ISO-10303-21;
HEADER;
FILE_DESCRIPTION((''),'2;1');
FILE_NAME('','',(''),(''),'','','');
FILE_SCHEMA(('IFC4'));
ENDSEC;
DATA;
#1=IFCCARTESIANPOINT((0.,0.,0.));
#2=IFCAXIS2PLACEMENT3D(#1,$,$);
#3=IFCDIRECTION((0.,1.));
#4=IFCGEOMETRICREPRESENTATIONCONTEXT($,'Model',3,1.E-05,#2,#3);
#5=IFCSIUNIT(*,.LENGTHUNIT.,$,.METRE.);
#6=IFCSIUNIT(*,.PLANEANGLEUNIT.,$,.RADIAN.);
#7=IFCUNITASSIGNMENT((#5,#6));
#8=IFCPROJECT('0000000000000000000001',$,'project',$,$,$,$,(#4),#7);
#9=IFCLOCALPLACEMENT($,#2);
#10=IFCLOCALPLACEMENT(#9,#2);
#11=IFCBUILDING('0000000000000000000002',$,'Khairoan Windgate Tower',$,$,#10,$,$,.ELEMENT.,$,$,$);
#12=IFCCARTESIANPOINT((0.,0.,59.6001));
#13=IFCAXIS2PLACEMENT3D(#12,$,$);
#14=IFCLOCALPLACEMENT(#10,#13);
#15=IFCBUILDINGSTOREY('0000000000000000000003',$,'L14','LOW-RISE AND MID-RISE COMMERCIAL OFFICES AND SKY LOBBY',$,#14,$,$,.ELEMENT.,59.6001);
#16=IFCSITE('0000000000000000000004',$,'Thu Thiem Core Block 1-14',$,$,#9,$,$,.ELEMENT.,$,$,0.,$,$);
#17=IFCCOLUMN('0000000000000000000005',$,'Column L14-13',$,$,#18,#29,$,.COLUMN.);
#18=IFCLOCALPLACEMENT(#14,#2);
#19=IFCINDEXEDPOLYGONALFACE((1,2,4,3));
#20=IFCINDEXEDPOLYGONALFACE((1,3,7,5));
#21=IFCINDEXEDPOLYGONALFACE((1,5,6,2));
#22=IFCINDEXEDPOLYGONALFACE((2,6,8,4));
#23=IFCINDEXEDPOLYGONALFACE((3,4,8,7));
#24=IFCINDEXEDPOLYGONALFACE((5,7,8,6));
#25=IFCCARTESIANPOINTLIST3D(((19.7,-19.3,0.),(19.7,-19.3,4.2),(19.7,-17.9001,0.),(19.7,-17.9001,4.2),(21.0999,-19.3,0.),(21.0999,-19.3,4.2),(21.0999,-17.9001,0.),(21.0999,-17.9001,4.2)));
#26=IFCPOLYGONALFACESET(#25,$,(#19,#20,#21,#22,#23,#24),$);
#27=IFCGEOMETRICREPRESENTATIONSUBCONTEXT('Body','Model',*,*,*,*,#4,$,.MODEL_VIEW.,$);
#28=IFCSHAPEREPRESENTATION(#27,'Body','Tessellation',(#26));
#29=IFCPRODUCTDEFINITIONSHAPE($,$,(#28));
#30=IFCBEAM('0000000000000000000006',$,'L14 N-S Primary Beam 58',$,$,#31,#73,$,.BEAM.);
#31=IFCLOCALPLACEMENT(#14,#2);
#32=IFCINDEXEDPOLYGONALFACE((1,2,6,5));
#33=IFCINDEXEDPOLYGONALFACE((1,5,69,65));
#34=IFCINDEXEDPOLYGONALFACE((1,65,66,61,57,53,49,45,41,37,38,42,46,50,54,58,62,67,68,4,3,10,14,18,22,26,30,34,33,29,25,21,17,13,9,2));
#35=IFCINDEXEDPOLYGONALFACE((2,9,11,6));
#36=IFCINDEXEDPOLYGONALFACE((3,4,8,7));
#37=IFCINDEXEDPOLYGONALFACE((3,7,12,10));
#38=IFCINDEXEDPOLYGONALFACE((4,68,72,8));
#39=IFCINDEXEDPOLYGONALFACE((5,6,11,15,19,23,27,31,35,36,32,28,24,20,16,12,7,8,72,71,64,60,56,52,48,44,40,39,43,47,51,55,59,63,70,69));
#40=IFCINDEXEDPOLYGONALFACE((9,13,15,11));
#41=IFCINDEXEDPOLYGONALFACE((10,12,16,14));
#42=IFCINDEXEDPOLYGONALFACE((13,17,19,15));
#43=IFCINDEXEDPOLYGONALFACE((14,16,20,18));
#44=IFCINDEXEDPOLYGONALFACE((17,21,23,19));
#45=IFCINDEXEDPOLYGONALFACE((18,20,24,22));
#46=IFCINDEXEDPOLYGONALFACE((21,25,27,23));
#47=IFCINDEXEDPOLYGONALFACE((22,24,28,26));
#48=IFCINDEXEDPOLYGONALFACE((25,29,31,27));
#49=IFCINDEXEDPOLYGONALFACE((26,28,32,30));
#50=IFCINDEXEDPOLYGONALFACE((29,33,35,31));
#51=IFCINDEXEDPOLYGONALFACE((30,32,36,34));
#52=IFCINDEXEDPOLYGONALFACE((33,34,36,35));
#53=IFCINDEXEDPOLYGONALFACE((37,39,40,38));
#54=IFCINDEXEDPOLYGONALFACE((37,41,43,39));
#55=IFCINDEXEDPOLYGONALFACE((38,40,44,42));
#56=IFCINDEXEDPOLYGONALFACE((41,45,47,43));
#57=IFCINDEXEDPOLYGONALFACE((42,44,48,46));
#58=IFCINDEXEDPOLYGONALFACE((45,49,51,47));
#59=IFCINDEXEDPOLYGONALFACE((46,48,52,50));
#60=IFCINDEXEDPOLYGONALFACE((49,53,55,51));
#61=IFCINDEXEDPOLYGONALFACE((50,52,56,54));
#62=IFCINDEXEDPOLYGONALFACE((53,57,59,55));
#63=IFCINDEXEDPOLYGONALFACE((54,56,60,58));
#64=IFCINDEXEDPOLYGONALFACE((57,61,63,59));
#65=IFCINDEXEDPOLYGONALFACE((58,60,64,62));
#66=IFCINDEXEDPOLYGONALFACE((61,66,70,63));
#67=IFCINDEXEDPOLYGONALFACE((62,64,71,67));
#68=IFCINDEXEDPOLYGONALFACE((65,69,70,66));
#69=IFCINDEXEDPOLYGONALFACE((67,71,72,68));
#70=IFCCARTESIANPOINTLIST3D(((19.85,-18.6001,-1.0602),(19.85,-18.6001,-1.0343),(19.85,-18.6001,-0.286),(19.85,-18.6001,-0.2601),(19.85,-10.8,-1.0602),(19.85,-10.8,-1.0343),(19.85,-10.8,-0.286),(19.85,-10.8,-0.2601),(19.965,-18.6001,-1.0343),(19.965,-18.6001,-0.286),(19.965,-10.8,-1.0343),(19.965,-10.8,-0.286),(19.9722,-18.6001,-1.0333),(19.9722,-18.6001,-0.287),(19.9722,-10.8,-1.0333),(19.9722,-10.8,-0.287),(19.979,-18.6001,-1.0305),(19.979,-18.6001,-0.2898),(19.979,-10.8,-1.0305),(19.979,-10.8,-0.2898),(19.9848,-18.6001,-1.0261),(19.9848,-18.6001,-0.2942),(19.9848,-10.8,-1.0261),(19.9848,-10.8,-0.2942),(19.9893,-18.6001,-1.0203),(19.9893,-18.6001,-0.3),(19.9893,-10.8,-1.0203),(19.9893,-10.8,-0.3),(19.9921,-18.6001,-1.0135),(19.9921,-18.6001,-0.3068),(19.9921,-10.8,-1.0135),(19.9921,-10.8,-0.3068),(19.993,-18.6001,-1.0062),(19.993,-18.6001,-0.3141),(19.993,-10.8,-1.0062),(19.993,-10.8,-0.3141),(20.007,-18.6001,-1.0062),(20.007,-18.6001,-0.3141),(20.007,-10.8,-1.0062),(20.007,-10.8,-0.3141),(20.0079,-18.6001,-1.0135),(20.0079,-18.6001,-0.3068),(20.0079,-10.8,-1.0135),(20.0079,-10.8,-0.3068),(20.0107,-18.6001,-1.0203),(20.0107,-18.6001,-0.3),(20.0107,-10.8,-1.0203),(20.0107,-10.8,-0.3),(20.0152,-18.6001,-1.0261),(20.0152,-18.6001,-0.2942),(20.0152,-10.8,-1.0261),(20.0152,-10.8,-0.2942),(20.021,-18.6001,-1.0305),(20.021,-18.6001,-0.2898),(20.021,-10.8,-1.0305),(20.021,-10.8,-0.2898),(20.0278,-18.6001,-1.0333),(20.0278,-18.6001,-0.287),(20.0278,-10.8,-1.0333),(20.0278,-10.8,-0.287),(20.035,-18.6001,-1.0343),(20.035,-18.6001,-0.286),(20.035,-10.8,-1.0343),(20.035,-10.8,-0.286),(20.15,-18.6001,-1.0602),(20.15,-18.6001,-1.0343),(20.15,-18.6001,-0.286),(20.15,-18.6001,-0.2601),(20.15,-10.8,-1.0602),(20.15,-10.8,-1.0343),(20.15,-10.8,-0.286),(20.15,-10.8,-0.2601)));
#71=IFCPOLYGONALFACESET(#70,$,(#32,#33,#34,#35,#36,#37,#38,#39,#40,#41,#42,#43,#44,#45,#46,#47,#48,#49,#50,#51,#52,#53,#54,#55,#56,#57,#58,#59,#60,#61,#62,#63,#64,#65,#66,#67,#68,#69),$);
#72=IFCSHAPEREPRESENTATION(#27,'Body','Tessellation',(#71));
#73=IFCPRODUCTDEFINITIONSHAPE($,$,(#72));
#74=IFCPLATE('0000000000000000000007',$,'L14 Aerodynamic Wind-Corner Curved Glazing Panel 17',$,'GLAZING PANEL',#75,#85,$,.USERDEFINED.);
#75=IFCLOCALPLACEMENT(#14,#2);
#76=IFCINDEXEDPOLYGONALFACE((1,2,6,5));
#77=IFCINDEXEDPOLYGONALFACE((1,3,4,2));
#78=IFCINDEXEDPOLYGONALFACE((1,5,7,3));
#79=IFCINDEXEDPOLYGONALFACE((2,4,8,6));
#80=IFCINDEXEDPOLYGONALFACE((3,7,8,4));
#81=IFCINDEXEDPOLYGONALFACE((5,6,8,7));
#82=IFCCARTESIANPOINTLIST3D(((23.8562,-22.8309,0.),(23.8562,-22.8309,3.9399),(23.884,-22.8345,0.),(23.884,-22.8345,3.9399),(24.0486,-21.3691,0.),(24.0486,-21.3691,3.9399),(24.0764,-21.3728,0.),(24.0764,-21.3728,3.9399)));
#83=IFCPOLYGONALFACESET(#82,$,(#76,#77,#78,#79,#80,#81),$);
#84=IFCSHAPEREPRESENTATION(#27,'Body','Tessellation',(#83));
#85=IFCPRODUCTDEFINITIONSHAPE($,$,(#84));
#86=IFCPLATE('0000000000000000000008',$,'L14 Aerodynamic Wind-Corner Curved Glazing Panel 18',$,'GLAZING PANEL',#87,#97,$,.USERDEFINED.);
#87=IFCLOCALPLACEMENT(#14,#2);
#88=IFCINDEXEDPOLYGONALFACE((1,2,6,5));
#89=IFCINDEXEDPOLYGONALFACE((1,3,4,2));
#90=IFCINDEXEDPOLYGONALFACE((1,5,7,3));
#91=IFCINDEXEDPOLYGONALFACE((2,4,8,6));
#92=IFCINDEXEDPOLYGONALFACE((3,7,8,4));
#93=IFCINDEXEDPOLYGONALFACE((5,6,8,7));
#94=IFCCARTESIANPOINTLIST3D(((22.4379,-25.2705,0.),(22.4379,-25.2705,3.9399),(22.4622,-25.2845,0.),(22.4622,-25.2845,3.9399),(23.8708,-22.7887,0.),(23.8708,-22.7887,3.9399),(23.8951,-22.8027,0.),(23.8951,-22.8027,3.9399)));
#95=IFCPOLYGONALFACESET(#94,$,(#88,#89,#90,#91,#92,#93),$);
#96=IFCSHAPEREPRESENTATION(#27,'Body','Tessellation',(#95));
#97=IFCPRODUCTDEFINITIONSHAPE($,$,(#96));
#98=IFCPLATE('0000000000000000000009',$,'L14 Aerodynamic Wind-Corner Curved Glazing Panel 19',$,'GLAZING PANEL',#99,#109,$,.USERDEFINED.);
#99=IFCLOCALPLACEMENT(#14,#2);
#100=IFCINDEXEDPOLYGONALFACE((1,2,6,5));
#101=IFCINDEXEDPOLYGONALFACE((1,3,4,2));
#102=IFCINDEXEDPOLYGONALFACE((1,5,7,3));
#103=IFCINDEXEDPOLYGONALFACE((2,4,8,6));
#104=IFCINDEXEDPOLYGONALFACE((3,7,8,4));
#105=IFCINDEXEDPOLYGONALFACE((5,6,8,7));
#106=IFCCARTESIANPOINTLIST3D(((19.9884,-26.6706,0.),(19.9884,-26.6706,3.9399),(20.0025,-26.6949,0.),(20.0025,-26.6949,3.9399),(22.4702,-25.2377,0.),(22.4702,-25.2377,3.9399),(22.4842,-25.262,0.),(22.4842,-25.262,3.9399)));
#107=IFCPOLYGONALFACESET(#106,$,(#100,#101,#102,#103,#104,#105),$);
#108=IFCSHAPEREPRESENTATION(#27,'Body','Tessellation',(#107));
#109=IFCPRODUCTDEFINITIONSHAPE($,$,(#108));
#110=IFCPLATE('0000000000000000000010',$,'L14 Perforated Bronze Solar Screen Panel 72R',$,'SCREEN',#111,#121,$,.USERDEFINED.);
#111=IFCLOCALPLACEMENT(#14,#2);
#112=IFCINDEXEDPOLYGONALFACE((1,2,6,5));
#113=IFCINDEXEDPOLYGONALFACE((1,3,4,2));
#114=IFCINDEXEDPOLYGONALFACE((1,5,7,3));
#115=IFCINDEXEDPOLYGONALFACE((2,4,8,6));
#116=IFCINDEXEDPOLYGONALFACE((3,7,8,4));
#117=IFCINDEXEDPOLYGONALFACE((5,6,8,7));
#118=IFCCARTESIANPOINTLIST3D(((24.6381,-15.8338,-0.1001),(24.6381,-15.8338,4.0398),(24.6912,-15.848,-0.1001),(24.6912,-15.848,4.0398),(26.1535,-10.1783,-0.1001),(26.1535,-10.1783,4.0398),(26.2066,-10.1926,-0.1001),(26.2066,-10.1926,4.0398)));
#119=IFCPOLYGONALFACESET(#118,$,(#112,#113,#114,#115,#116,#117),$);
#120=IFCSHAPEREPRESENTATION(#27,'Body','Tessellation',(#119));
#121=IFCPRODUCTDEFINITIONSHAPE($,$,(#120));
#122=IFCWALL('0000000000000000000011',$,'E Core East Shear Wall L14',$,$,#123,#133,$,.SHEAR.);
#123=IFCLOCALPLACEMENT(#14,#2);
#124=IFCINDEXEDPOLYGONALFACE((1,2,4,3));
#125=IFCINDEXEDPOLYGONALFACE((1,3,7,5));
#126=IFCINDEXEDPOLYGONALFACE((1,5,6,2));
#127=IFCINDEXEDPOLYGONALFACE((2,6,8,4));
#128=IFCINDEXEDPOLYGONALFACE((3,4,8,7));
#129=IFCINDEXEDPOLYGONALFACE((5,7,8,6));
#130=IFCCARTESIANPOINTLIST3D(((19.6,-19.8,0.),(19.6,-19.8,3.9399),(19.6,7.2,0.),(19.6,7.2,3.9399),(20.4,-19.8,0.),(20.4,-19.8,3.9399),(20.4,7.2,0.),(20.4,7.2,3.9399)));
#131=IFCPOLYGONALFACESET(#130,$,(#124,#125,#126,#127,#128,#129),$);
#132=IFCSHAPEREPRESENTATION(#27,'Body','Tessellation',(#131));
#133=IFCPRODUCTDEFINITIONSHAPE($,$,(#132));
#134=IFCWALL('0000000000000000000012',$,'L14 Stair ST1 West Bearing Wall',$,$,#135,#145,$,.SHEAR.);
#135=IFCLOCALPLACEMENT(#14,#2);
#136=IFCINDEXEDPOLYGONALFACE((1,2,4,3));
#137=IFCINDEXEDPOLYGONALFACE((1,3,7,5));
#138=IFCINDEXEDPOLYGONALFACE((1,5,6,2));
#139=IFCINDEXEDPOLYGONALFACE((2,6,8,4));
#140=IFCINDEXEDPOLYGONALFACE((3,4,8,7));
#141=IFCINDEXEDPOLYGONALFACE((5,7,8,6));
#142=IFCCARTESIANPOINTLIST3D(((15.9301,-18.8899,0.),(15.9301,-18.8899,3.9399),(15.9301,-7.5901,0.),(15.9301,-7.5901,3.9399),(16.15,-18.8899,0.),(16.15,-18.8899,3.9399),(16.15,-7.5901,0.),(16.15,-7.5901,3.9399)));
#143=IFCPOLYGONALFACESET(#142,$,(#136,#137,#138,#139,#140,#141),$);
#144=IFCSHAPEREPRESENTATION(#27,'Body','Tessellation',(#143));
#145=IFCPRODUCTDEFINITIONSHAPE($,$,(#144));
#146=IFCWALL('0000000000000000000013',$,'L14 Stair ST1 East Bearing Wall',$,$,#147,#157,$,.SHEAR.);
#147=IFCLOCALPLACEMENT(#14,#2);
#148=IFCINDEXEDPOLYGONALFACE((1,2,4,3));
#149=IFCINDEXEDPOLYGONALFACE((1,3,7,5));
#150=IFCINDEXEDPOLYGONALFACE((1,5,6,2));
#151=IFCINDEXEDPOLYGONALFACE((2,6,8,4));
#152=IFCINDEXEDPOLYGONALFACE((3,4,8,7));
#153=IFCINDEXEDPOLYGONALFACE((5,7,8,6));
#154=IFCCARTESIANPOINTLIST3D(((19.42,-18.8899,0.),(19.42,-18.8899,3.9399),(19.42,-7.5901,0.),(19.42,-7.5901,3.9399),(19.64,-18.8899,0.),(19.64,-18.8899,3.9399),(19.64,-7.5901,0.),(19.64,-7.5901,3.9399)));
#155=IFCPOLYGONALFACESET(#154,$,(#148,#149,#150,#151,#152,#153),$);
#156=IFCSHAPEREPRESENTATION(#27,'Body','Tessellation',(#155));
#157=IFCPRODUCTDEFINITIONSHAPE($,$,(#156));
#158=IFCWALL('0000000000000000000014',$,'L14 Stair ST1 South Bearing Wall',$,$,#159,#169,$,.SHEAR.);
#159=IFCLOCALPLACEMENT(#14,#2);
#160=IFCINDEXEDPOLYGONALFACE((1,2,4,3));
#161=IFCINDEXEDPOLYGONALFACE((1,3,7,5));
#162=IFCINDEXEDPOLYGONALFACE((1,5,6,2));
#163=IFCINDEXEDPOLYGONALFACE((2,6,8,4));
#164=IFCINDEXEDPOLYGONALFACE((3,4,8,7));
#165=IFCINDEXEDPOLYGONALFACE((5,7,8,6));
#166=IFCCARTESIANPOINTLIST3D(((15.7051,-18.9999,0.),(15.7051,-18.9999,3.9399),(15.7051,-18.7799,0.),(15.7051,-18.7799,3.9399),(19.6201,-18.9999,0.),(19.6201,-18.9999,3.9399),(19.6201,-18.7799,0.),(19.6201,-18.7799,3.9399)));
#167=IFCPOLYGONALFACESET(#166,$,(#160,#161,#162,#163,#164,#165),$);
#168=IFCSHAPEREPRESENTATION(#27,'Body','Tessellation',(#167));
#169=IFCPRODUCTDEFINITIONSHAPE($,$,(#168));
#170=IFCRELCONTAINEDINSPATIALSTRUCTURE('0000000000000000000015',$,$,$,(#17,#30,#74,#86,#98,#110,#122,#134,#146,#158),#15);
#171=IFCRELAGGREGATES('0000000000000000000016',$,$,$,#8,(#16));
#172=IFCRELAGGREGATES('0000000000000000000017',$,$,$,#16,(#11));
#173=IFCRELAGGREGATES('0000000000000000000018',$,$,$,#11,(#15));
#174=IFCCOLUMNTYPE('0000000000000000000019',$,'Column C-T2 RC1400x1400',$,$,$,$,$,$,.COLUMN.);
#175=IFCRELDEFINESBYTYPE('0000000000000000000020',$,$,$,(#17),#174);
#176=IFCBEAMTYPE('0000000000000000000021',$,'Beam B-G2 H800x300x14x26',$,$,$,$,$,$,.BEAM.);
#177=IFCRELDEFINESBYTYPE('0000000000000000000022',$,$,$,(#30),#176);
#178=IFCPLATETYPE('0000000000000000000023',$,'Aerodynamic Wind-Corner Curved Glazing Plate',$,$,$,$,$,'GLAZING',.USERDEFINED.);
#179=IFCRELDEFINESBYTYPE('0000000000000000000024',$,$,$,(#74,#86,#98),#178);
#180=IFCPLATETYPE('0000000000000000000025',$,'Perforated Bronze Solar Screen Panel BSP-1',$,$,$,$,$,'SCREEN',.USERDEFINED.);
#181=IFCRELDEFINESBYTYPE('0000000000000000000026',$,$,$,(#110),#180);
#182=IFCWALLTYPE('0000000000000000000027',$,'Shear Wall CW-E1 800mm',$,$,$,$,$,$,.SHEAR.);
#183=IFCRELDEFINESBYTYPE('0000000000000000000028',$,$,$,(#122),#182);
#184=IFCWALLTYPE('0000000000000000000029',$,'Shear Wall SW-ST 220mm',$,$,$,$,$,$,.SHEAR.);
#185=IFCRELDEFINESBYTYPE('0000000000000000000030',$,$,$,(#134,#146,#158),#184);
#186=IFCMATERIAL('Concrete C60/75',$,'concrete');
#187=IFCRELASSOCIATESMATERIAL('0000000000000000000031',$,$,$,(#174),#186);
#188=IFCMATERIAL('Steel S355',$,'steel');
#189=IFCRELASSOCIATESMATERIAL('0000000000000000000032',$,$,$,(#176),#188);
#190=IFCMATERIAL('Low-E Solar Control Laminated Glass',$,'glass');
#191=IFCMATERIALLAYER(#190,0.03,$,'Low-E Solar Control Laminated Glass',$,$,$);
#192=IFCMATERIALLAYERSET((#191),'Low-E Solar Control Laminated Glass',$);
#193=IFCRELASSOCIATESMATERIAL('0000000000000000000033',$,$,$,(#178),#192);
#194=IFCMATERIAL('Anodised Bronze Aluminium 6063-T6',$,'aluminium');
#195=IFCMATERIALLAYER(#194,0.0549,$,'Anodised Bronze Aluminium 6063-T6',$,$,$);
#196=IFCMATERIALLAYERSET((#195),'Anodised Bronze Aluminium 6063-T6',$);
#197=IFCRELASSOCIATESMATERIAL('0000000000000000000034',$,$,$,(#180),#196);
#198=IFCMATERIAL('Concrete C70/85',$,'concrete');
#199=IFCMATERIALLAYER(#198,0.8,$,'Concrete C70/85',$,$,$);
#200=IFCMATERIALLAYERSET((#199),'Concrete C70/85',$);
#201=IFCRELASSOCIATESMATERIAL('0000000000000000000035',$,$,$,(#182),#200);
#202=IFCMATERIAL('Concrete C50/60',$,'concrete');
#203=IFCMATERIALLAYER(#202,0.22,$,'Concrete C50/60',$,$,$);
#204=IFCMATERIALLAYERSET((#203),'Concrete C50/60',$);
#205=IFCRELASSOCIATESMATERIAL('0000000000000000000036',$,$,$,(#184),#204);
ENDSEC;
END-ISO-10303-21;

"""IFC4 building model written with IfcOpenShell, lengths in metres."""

from ifc_helpers import new_model, si_unit, direction, frame, frame_2d, origin, origin_2d, place, context, subcontext, project, spatial, rectangle, i_section, extrude, material, layer, layer_set, material_profile, profile_set, type_object, element, save


model = new_model("IFC4")

# Units and contexts
model_context = context("Model", 3, precision=1e-05, world=origin(), true_north=direction((0.0, 1.0)))
body_context = subcontext(model_context, "Body", "Model", "MODEL_VIEW")
ifc_project = project(units=[si_unit("LENGTHUNIT", "METRE"), si_unit("PLANEANGLEUNIT", "RADIAN")], contexts=[model_context])

# Site, building, storey
site_placement = place(None, origin())
site = spatial("IfcSite", under=ifc_project, at=site_placement, Name="Thu Thiem Core Block 1-14", CompositionType="ELEMENT", RefElevation=0.0)
building_placement = place(site_placement, origin())
building = spatial("IfcBuilding", under=site, at=building_placement, Name="Khairoan Windgate Tower", CompositionType="ELEMENT")
storey_placement = place(building_placement, frame((0.0, 0.0, 59.6001)))
storey = spatial("IfcBuildingStorey", under=building, at=storey_placement, Name="L14", Description="LOW-RISE AND MID-RISE COMMERCIAL OFFICES AND SKY LOBBY", CompositionType="ELEMENT", Elevation=59.6001)

# Column
ifc_material_1 = material(Name="Concrete C60/75", Category="concrete")
ifc_material_profile_1 = material_profile(ifc_material_1, rectangle(XDim=1.3999, YDim=1.3999, at=origin_2d()))
ifc_profile_set_1 = profile_set([ifc_material_profile_1], Name="Concrete C60/75")
column_type = type_object("IfcColumnType", Name="Column C-T2 RC1400x1400", PredefinedType="COLUMN", material=ifc_profile_set_1)
column_placement = place(storey_placement, frame((20.3999, -18.6001, 0.0), z_axis=(0.0, 0.0, 1.0), x_axis=(1.0, 0.0, 0.0)))
element("IfcColumn", 1, at=column_placement, inside=storey, type_object=column_type, Name="Column L14-13", PredefinedType="COLUMN", context=body_context, shape_type="SweptSolid", body=[
    extrude(rectangle(XDim=1.3999, YDim=1.3999, at=origin_2d()), origin(), (0.0, 0.0, 1.0), 4.2),
])

# Beam
ifc_material_2 = material(Name="Steel S355", Category="steel")
ifc_material_profile_2 = material_profile(ifc_material_2, i_section(OverallWidth=0.3, OverallDepth=0.8, WebThickness=0.0139, FlangeThickness=0.0259, FilletRadius=0.0281, at=origin_2d()))
ifc_profile_set_2 = profile_set([ifc_material_profile_2], Name="Steel S355")
beam_type = type_object("IfcBeamType", Name="Beam B-G2 H800x300x14x26", PredefinedType="BEAM", material=ifc_profile_set_2)
beam_placement = place(storey_placement, frame((20.0, -18.6001, -0.6602), z_axis=(0.0, 1.0, 0.0), x_axis=(-1.0, 0.0, 0.0)))
element("IfcBeam", 2, at=beam_placement, inside=storey, type_object=beam_type, Name="L14 N-S Primary Beam 58", PredefinedType="BEAM", context=body_context, shape_type="SweptSolid", body=[
    extrude(i_section(OverallWidth=0.3, OverallDepth=0.8, WebThickness=0.0139, FlangeThickness=0.0259, FilletRadius=0.0281, at=origin_2d()), origin(), (0.0, 0.0, 1.0), 7.8),
])

# Plates
ifc_material_3 = material(Name="Low-E Solar Control Laminated Glass", Category="glass")
ifc_layer_1 = layer(ifc_material_3, 0.03, Name="Low-E Solar Control Laminated Glass")
ifc_layer_set_1 = layer_set([ifc_layer_1], Name="Low-E Solar Control Laminated Glass")
plate_type_1 = type_object("IfcPlateType", Name="Aerodynamic Wind-Corner Curved Glazing Plate", ElementType="GLAZING", PredefinedType="USERDEFINED", material=ifc_layer_set_1)
plate_1_placement = place(storey_placement, frame((23.9663, -22.1018, 0.0), z_axis=(0.0, 0.0, 1.0), x_axis=(-0.130526, -0.991445, 0.0)))
element("IfcPlate", 3, at=plate_1_placement, inside=storey, type_object=plate_type_1, Name="L14 Aerodynamic Wind-Corner Curved Glazing Panel 17", ObjectType="GLAZING PANEL", PredefinedType="USERDEFINED", context=body_context, shape_type="SweptSolid", body=[
    extrude(rectangle(XDim=1.4744, YDim=0.0281, at=origin_2d()), origin(), (0.0, 0.0, 1.0), 3.9399),
])
for number, where, z_axis, x_axis, name in (
    (4, (23.1665, -24.0366, 0.0), (0.0, 0.0, 1.0), (-0.5, -0.866025, 0.0), "L14 Aerodynamic Wind-Corner Curved Glazing Panel 18"),
    (5, (21.2363, -25.9663, 0.0), (0.0, 0.0, 1.0), (-0.866025, -0.5, 0.0), "L14 Aerodynamic Wind-Corner Curved Glazing Panel 19"),
):
    element("IfcPlate", number, at=place(storey_placement, frame(where, z_axis=z_axis, x_axis=x_axis)), inside=storey, type_object=plate_type_1, Name=name, ObjectType="GLAZING PANEL", PredefinedType="USERDEFINED", context=body_context, shape_type="SweptSolid", body=[
        extrude(rectangle(XDim=2.8657, YDim=0.0281, at=origin_2d()), origin(), (0.0, 0.0, 1.0), 3.9399),
    ])

# Plate
ifc_material_4 = material(Name="Anodised Bronze Aluminium 6063-T6", Category="aluminium")
ifc_layer_2 = layer(ifc_material_4, 0.0549, Name="Anodised Bronze Aluminium 6063-T6")
ifc_layer_set_2 = layer_set([ifc_layer_2], Name="Anodised Bronze Aluminium 6063-T6")
plate_type_2 = type_object("IfcPlateType", Name="Perforated Bronze Solar Screen Panel BSP-1", ElementType="SCREEN", PredefinedType="USERDEFINED", material=ifc_layer_set_2)
plate_2_placement = place(storey_placement, frame((25.4224, -13.0132, -0.1001), z_axis=(0.0, 0.0, 1.0), x_axis=(-0.258819, -0.965926, 0.0)))
element("IfcPlate", 6, at=plate_2_placement, inside=storey, type_object=plate_type_2, Name="L14 Perforated Bronze Solar Screen Panel 72R", ObjectType="SCREEN", PredefinedType="USERDEFINED", context=body_context, shape_type="SweptSolid", body=[
    extrude(rectangle(XDim=5.855, YDim=0.0549, at=origin_2d()), origin(), (0.0, 0.0, 1.0), 4.1399),
])

# Walls
ifc_material_5 = material(Name="Concrete C70/85", Category="concrete")
ifc_layer_3 = layer(ifc_material_5, 0.8, Name="Concrete C70/85")
ifc_layer_set_3 = layer_set([ifc_layer_3], Name="Concrete C70/85")
wall_type_1 = type_object("IfcWallType", Name="Shear Wall CW-E1 800mm", PredefinedType="SHEAR", material=ifc_layer_set_3)
wall_1_placement = place(storey_placement, frame((20.0, -19.8, 0.0), z_axis=(0.0, 0.0, 1.0), x_axis=(0.0, 1.0, 0.0)))
element("IfcWall", 7, at=wall_1_placement, inside=storey, type_object=wall_type_1, Name="E Core East Shear Wall L14", PredefinedType="SHEAR", context=body_context, shape_type="SweptSolid", body=[
    extrude(rectangle(XDim=27.0, YDim=0.8, at=frame_2d((13.5, 0.0))), origin(), (0.0, 0.0, 1.0), 3.9399),
])
ifc_material_6 = material(Name="Concrete C50/60", Category="concrete")
ifc_layer_4 = layer(ifc_material_6, 0.22, Name="Concrete C50/60")
ifc_layer_set_4 = layer_set([ifc_layer_4], Name="Concrete C50/60")
wall_type_2 = type_object("IfcWallType", Name="Shear Wall SW-ST 220mm", PredefinedType="SHEAR", material=ifc_layer_set_4)
for number, where, z_axis, x_axis, name in (
    (8, (16.04, -18.8899, 0.0), (0.0, 0.0, 1.0), (0.0, 1.0, 0.0), "L14 Stair ST1 West Bearing Wall"),
    (9, (19.53, -18.8899, 0.0), (0.0, 0.0, 1.0), (0.0, 1.0, 0.0), "L14 Stair ST1 East Bearing Wall"),
):
    element("IfcWall", number, at=place(storey_placement, frame(where, z_axis=z_axis, x_axis=x_axis)), inside=storey, type_object=wall_type_2, Name=name, PredefinedType="SHEAR", context=body_context, shape_type="SweptSolid", body=[
        extrude(rectangle(XDim=11.2998, YDim=0.22, at=frame_2d((5.6499, 0.0))), origin(), (0.0, 0.0, 1.0), 3.9399),
    ])
wall_2_placement = place(storey_placement, frame((15.7051, -18.8899, 0.0), z_axis=(0.0, 0.0, 1.0), x_axis=(1.0, 0.0, 0.0)))
element("IfcWall", 10, at=wall_2_placement, inside=storey, type_object=wall_type_2, Name="L14 Stair ST1 South Bearing Wall", PredefinedType="SHEAR", context=body_context, shape_type="SweptSolid", body=[
    extrude(rectangle(XDim=3.915, YDim=0.22, at=frame_2d((1.9575, 0.0))), origin(), (0.0, 0.0, 1.0), 3.9399),
])

save(model, "model.ifc")
